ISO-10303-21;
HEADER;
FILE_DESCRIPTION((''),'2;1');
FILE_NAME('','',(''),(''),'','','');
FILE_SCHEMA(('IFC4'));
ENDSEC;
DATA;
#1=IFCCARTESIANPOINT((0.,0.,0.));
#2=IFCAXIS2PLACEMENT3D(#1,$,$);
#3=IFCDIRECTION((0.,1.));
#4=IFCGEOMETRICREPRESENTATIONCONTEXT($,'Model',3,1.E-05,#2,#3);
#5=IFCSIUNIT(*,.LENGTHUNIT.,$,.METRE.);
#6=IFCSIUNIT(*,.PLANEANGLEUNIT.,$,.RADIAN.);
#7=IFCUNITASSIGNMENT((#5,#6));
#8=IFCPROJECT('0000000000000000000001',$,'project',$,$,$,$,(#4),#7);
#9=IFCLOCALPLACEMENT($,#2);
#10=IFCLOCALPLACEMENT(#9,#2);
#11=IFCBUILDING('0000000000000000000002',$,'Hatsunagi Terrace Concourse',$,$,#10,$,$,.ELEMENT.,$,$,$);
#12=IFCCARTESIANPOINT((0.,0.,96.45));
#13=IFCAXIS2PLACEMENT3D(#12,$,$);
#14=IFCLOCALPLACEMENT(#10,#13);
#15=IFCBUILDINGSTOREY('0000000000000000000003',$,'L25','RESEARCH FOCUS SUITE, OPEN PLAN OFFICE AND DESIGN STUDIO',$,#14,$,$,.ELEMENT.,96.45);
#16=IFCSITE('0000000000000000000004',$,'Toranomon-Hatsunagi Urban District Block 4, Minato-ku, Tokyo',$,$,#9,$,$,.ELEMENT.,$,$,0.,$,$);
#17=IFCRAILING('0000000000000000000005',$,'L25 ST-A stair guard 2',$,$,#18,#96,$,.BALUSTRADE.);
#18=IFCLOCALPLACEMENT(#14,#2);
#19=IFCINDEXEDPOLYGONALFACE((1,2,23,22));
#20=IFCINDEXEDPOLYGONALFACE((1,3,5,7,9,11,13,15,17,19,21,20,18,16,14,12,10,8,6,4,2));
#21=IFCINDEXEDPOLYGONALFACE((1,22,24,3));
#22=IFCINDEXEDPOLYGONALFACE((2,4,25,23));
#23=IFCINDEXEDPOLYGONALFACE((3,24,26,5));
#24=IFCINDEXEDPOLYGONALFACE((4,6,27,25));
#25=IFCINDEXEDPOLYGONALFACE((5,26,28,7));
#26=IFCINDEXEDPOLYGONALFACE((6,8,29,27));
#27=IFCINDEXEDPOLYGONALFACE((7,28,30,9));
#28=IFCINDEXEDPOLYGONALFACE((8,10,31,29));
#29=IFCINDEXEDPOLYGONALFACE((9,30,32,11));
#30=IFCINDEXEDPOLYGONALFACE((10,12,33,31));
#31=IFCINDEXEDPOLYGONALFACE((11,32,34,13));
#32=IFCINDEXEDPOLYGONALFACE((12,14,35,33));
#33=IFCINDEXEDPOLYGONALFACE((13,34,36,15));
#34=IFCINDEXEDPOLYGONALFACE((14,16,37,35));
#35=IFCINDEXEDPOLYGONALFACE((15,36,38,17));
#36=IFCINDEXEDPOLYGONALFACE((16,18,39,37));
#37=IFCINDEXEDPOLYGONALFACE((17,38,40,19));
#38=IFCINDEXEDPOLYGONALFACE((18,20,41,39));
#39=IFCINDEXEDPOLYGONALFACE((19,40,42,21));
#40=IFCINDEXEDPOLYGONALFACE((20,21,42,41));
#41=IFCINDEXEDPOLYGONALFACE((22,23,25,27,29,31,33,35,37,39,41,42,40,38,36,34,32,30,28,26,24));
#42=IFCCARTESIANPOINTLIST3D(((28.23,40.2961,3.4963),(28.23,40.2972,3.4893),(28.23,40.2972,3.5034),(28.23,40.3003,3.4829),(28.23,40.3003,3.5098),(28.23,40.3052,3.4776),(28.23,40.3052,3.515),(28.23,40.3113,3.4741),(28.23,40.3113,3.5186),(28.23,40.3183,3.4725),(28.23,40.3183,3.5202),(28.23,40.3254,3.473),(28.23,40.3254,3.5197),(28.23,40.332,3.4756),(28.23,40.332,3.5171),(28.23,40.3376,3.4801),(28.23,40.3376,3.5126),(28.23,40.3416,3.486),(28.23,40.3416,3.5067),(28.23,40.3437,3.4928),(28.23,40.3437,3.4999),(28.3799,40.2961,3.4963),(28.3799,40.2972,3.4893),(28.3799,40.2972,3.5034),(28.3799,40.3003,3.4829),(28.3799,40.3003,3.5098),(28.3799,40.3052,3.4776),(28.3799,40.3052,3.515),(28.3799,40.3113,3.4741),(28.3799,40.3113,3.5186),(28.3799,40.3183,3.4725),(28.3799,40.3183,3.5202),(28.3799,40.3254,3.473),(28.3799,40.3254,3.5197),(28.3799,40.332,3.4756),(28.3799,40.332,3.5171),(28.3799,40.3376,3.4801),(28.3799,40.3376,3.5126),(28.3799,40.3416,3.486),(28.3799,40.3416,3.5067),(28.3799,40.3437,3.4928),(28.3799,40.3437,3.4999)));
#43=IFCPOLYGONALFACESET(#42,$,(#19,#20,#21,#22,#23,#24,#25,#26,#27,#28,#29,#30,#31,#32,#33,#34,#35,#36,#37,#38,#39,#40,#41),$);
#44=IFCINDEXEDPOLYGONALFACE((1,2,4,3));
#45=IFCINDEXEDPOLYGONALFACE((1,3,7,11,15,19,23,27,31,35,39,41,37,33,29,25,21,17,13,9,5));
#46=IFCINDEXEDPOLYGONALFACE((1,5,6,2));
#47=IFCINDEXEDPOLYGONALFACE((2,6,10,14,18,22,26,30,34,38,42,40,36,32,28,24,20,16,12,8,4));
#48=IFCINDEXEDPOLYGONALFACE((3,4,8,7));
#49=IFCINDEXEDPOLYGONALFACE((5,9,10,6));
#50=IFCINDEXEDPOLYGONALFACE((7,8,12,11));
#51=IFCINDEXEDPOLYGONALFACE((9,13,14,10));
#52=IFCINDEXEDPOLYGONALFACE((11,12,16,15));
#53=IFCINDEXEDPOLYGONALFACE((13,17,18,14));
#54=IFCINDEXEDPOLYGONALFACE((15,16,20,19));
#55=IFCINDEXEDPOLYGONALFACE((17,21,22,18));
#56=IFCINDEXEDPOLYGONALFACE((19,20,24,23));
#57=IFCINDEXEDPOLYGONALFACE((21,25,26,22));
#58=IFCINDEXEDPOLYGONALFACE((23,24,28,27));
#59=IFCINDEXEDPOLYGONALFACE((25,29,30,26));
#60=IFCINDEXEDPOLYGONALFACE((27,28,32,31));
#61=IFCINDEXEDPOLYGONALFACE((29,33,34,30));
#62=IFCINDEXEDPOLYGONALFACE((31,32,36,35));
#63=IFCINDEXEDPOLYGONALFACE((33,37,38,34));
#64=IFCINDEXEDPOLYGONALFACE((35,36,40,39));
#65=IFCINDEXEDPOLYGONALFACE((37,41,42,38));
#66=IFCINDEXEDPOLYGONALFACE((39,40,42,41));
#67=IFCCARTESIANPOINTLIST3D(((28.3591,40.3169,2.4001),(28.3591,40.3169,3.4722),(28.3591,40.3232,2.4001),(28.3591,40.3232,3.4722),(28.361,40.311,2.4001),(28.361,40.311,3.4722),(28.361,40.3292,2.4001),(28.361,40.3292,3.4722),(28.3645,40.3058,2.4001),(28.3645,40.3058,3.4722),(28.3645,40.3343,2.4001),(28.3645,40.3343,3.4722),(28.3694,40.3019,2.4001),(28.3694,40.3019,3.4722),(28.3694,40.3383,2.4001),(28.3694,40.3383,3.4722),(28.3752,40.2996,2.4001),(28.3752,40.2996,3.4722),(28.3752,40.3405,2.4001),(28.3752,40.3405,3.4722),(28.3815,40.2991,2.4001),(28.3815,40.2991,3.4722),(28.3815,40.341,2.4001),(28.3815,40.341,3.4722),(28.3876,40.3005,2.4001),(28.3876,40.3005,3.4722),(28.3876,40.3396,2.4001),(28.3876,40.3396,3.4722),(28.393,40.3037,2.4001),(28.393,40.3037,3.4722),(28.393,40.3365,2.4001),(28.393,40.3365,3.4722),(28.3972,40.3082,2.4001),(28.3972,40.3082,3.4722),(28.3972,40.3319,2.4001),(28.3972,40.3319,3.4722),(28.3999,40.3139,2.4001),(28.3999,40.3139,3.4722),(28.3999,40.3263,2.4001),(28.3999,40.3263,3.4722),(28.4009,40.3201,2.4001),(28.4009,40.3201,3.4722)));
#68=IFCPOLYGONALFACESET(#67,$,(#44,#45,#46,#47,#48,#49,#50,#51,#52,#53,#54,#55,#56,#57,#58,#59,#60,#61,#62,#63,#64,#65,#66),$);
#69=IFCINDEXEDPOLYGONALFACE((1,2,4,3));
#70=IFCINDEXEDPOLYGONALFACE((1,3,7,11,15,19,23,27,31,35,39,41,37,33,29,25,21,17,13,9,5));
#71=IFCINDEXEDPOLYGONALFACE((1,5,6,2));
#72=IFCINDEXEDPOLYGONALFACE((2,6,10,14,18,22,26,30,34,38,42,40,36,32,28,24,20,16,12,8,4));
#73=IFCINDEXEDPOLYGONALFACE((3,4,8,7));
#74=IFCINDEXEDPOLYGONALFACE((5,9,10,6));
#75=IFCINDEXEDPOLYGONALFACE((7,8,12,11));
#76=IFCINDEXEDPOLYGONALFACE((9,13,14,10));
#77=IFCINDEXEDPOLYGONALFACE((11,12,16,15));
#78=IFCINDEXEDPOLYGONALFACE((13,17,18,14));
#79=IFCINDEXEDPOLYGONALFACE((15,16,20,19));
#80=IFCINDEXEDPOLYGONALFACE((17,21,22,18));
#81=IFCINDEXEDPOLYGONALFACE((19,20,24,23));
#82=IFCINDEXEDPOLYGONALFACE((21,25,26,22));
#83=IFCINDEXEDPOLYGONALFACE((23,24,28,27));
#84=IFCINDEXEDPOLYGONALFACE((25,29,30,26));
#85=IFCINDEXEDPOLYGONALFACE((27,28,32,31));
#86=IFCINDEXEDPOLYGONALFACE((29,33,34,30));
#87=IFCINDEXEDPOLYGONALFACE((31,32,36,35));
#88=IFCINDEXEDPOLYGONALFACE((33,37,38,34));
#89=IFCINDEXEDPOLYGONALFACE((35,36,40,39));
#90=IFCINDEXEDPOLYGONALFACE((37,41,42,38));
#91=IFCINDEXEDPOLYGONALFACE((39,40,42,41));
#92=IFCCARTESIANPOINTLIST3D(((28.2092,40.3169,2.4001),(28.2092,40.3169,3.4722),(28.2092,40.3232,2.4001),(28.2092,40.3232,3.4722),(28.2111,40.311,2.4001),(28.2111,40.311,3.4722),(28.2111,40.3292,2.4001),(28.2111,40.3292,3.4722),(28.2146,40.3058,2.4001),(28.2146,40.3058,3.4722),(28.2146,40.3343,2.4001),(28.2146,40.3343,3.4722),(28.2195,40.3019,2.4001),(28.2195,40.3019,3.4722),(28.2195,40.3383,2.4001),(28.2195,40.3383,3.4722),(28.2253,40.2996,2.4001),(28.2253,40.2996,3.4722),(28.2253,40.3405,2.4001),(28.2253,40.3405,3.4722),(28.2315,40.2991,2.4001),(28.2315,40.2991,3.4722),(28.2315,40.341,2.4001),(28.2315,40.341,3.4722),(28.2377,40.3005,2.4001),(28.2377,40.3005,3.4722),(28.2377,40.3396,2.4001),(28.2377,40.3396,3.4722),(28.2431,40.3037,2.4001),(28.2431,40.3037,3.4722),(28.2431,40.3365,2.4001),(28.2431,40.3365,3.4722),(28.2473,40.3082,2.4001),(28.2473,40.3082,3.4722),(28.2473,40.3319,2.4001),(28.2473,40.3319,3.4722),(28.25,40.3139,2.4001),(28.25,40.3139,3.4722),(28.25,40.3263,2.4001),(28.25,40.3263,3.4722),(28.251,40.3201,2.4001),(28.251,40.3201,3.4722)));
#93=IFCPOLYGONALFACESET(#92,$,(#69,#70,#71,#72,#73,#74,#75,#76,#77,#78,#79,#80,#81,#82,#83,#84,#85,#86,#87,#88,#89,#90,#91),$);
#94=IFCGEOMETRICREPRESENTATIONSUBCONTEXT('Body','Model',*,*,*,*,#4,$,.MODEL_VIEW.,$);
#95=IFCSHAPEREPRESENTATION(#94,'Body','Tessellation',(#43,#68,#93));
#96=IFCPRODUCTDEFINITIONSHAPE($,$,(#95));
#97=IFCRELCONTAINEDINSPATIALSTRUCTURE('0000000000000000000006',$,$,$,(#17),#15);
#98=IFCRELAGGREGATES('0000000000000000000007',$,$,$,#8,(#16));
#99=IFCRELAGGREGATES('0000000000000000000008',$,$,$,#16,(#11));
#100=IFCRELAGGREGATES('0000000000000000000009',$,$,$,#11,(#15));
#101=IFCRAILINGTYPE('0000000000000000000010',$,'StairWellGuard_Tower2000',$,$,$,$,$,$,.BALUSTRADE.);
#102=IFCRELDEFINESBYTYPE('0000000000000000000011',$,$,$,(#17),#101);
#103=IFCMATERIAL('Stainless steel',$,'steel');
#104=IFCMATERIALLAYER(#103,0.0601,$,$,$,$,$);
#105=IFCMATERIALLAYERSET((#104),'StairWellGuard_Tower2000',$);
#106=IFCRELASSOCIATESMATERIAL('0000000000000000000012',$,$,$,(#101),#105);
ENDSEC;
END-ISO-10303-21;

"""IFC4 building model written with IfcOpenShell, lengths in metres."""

from ifc_helpers import new_model, si_unit, direction, frame, origin, origin_2d, place, context, subcontext, project, spatial, circle, extrude, material, layer, layer_set, type_object, element, save


model = new_model("IFC4")

# Units and contexts
model_context = context("Model", 3, precision=1e-05, world=origin(), true_north=direction((0.0, 1.0)))
body_context = subcontext(model_context, "Body", "Model", "MODEL_VIEW")
ifc_project = project(units=[si_unit("LENGTHUNIT", "METRE"), si_unit("PLANEANGLEUNIT", "RADIAN")], contexts=[model_context])

# Site, building, storey
site_placement = place(None, origin())
site = spatial("IfcSite", under=ifc_project, at=site_placement, Name="Toranomon-Hatsunagi Urban District Block 4, Minato-ku, Tokyo", CompositionType="ELEMENT", RefElevation=0.0)
building_placement = place(site_placement, origin())
building = spatial("IfcBuilding", under=site, at=building_placement, Name="Hatsunagi Terrace Concourse", CompositionType="ELEMENT")
storey_placement = place(building_placement, frame((0.0, 0.0, 96.45)))
storey = spatial("IfcBuildingStorey", under=building, at=storey_placement, Name="L25", Description="RESEARCH FOCUS SUITE, OPEN PLAN OFFICE AND DESIGN STUDIO", CompositionType="ELEMENT", Elevation=96.45)

# Railing
ifc_material_1 = material(Name="Stainless steel", Category="steel")
ifc_layer_1 = layer(ifc_material_1, 0.0601)
ifc_layer_set_1 = layer_set([ifc_layer_1], Name="StairWellGuard_Tower2000")
railing_type_1 = type_object("IfcRailingType", Name="StairWellGuard_Tower2000", PredefinedType="BALUSTRADE", material=ifc_layer_set_1)
railing_1_placement = place(storey_placement, frame((28.3799, 40.3201, 2.4001)))
element("IfcRailing", 1, at=railing_1_placement, inside=storey, type_object=railing_type_1, Name="L25 ST-A stair guard 2", PredefinedType="BALUSTRADE", context=body_context, shape_type="SweptSolid", body=[
    extrude(circle(Radius=0.0239, at=origin_2d()), frame((0.0, 0.0, 1.0962), z_axis=(-1.0, 0.0, 0.0), x_axis=(0.0, -1.0, 0.0)), (0.0, 0.0, 1.0), 0.1499),
    extrude(circle(Radius=0.021, at=origin_2d()), origin(), (0.0, 0.0, 1.0), 1.072),
    extrude(circle(Radius=0.021, at=origin_2d()), frame((-0.1499, 0.0, 0.0)), (0.0, 0.0, 1.0), 1.072),
])

save(model, "model.ifc")
